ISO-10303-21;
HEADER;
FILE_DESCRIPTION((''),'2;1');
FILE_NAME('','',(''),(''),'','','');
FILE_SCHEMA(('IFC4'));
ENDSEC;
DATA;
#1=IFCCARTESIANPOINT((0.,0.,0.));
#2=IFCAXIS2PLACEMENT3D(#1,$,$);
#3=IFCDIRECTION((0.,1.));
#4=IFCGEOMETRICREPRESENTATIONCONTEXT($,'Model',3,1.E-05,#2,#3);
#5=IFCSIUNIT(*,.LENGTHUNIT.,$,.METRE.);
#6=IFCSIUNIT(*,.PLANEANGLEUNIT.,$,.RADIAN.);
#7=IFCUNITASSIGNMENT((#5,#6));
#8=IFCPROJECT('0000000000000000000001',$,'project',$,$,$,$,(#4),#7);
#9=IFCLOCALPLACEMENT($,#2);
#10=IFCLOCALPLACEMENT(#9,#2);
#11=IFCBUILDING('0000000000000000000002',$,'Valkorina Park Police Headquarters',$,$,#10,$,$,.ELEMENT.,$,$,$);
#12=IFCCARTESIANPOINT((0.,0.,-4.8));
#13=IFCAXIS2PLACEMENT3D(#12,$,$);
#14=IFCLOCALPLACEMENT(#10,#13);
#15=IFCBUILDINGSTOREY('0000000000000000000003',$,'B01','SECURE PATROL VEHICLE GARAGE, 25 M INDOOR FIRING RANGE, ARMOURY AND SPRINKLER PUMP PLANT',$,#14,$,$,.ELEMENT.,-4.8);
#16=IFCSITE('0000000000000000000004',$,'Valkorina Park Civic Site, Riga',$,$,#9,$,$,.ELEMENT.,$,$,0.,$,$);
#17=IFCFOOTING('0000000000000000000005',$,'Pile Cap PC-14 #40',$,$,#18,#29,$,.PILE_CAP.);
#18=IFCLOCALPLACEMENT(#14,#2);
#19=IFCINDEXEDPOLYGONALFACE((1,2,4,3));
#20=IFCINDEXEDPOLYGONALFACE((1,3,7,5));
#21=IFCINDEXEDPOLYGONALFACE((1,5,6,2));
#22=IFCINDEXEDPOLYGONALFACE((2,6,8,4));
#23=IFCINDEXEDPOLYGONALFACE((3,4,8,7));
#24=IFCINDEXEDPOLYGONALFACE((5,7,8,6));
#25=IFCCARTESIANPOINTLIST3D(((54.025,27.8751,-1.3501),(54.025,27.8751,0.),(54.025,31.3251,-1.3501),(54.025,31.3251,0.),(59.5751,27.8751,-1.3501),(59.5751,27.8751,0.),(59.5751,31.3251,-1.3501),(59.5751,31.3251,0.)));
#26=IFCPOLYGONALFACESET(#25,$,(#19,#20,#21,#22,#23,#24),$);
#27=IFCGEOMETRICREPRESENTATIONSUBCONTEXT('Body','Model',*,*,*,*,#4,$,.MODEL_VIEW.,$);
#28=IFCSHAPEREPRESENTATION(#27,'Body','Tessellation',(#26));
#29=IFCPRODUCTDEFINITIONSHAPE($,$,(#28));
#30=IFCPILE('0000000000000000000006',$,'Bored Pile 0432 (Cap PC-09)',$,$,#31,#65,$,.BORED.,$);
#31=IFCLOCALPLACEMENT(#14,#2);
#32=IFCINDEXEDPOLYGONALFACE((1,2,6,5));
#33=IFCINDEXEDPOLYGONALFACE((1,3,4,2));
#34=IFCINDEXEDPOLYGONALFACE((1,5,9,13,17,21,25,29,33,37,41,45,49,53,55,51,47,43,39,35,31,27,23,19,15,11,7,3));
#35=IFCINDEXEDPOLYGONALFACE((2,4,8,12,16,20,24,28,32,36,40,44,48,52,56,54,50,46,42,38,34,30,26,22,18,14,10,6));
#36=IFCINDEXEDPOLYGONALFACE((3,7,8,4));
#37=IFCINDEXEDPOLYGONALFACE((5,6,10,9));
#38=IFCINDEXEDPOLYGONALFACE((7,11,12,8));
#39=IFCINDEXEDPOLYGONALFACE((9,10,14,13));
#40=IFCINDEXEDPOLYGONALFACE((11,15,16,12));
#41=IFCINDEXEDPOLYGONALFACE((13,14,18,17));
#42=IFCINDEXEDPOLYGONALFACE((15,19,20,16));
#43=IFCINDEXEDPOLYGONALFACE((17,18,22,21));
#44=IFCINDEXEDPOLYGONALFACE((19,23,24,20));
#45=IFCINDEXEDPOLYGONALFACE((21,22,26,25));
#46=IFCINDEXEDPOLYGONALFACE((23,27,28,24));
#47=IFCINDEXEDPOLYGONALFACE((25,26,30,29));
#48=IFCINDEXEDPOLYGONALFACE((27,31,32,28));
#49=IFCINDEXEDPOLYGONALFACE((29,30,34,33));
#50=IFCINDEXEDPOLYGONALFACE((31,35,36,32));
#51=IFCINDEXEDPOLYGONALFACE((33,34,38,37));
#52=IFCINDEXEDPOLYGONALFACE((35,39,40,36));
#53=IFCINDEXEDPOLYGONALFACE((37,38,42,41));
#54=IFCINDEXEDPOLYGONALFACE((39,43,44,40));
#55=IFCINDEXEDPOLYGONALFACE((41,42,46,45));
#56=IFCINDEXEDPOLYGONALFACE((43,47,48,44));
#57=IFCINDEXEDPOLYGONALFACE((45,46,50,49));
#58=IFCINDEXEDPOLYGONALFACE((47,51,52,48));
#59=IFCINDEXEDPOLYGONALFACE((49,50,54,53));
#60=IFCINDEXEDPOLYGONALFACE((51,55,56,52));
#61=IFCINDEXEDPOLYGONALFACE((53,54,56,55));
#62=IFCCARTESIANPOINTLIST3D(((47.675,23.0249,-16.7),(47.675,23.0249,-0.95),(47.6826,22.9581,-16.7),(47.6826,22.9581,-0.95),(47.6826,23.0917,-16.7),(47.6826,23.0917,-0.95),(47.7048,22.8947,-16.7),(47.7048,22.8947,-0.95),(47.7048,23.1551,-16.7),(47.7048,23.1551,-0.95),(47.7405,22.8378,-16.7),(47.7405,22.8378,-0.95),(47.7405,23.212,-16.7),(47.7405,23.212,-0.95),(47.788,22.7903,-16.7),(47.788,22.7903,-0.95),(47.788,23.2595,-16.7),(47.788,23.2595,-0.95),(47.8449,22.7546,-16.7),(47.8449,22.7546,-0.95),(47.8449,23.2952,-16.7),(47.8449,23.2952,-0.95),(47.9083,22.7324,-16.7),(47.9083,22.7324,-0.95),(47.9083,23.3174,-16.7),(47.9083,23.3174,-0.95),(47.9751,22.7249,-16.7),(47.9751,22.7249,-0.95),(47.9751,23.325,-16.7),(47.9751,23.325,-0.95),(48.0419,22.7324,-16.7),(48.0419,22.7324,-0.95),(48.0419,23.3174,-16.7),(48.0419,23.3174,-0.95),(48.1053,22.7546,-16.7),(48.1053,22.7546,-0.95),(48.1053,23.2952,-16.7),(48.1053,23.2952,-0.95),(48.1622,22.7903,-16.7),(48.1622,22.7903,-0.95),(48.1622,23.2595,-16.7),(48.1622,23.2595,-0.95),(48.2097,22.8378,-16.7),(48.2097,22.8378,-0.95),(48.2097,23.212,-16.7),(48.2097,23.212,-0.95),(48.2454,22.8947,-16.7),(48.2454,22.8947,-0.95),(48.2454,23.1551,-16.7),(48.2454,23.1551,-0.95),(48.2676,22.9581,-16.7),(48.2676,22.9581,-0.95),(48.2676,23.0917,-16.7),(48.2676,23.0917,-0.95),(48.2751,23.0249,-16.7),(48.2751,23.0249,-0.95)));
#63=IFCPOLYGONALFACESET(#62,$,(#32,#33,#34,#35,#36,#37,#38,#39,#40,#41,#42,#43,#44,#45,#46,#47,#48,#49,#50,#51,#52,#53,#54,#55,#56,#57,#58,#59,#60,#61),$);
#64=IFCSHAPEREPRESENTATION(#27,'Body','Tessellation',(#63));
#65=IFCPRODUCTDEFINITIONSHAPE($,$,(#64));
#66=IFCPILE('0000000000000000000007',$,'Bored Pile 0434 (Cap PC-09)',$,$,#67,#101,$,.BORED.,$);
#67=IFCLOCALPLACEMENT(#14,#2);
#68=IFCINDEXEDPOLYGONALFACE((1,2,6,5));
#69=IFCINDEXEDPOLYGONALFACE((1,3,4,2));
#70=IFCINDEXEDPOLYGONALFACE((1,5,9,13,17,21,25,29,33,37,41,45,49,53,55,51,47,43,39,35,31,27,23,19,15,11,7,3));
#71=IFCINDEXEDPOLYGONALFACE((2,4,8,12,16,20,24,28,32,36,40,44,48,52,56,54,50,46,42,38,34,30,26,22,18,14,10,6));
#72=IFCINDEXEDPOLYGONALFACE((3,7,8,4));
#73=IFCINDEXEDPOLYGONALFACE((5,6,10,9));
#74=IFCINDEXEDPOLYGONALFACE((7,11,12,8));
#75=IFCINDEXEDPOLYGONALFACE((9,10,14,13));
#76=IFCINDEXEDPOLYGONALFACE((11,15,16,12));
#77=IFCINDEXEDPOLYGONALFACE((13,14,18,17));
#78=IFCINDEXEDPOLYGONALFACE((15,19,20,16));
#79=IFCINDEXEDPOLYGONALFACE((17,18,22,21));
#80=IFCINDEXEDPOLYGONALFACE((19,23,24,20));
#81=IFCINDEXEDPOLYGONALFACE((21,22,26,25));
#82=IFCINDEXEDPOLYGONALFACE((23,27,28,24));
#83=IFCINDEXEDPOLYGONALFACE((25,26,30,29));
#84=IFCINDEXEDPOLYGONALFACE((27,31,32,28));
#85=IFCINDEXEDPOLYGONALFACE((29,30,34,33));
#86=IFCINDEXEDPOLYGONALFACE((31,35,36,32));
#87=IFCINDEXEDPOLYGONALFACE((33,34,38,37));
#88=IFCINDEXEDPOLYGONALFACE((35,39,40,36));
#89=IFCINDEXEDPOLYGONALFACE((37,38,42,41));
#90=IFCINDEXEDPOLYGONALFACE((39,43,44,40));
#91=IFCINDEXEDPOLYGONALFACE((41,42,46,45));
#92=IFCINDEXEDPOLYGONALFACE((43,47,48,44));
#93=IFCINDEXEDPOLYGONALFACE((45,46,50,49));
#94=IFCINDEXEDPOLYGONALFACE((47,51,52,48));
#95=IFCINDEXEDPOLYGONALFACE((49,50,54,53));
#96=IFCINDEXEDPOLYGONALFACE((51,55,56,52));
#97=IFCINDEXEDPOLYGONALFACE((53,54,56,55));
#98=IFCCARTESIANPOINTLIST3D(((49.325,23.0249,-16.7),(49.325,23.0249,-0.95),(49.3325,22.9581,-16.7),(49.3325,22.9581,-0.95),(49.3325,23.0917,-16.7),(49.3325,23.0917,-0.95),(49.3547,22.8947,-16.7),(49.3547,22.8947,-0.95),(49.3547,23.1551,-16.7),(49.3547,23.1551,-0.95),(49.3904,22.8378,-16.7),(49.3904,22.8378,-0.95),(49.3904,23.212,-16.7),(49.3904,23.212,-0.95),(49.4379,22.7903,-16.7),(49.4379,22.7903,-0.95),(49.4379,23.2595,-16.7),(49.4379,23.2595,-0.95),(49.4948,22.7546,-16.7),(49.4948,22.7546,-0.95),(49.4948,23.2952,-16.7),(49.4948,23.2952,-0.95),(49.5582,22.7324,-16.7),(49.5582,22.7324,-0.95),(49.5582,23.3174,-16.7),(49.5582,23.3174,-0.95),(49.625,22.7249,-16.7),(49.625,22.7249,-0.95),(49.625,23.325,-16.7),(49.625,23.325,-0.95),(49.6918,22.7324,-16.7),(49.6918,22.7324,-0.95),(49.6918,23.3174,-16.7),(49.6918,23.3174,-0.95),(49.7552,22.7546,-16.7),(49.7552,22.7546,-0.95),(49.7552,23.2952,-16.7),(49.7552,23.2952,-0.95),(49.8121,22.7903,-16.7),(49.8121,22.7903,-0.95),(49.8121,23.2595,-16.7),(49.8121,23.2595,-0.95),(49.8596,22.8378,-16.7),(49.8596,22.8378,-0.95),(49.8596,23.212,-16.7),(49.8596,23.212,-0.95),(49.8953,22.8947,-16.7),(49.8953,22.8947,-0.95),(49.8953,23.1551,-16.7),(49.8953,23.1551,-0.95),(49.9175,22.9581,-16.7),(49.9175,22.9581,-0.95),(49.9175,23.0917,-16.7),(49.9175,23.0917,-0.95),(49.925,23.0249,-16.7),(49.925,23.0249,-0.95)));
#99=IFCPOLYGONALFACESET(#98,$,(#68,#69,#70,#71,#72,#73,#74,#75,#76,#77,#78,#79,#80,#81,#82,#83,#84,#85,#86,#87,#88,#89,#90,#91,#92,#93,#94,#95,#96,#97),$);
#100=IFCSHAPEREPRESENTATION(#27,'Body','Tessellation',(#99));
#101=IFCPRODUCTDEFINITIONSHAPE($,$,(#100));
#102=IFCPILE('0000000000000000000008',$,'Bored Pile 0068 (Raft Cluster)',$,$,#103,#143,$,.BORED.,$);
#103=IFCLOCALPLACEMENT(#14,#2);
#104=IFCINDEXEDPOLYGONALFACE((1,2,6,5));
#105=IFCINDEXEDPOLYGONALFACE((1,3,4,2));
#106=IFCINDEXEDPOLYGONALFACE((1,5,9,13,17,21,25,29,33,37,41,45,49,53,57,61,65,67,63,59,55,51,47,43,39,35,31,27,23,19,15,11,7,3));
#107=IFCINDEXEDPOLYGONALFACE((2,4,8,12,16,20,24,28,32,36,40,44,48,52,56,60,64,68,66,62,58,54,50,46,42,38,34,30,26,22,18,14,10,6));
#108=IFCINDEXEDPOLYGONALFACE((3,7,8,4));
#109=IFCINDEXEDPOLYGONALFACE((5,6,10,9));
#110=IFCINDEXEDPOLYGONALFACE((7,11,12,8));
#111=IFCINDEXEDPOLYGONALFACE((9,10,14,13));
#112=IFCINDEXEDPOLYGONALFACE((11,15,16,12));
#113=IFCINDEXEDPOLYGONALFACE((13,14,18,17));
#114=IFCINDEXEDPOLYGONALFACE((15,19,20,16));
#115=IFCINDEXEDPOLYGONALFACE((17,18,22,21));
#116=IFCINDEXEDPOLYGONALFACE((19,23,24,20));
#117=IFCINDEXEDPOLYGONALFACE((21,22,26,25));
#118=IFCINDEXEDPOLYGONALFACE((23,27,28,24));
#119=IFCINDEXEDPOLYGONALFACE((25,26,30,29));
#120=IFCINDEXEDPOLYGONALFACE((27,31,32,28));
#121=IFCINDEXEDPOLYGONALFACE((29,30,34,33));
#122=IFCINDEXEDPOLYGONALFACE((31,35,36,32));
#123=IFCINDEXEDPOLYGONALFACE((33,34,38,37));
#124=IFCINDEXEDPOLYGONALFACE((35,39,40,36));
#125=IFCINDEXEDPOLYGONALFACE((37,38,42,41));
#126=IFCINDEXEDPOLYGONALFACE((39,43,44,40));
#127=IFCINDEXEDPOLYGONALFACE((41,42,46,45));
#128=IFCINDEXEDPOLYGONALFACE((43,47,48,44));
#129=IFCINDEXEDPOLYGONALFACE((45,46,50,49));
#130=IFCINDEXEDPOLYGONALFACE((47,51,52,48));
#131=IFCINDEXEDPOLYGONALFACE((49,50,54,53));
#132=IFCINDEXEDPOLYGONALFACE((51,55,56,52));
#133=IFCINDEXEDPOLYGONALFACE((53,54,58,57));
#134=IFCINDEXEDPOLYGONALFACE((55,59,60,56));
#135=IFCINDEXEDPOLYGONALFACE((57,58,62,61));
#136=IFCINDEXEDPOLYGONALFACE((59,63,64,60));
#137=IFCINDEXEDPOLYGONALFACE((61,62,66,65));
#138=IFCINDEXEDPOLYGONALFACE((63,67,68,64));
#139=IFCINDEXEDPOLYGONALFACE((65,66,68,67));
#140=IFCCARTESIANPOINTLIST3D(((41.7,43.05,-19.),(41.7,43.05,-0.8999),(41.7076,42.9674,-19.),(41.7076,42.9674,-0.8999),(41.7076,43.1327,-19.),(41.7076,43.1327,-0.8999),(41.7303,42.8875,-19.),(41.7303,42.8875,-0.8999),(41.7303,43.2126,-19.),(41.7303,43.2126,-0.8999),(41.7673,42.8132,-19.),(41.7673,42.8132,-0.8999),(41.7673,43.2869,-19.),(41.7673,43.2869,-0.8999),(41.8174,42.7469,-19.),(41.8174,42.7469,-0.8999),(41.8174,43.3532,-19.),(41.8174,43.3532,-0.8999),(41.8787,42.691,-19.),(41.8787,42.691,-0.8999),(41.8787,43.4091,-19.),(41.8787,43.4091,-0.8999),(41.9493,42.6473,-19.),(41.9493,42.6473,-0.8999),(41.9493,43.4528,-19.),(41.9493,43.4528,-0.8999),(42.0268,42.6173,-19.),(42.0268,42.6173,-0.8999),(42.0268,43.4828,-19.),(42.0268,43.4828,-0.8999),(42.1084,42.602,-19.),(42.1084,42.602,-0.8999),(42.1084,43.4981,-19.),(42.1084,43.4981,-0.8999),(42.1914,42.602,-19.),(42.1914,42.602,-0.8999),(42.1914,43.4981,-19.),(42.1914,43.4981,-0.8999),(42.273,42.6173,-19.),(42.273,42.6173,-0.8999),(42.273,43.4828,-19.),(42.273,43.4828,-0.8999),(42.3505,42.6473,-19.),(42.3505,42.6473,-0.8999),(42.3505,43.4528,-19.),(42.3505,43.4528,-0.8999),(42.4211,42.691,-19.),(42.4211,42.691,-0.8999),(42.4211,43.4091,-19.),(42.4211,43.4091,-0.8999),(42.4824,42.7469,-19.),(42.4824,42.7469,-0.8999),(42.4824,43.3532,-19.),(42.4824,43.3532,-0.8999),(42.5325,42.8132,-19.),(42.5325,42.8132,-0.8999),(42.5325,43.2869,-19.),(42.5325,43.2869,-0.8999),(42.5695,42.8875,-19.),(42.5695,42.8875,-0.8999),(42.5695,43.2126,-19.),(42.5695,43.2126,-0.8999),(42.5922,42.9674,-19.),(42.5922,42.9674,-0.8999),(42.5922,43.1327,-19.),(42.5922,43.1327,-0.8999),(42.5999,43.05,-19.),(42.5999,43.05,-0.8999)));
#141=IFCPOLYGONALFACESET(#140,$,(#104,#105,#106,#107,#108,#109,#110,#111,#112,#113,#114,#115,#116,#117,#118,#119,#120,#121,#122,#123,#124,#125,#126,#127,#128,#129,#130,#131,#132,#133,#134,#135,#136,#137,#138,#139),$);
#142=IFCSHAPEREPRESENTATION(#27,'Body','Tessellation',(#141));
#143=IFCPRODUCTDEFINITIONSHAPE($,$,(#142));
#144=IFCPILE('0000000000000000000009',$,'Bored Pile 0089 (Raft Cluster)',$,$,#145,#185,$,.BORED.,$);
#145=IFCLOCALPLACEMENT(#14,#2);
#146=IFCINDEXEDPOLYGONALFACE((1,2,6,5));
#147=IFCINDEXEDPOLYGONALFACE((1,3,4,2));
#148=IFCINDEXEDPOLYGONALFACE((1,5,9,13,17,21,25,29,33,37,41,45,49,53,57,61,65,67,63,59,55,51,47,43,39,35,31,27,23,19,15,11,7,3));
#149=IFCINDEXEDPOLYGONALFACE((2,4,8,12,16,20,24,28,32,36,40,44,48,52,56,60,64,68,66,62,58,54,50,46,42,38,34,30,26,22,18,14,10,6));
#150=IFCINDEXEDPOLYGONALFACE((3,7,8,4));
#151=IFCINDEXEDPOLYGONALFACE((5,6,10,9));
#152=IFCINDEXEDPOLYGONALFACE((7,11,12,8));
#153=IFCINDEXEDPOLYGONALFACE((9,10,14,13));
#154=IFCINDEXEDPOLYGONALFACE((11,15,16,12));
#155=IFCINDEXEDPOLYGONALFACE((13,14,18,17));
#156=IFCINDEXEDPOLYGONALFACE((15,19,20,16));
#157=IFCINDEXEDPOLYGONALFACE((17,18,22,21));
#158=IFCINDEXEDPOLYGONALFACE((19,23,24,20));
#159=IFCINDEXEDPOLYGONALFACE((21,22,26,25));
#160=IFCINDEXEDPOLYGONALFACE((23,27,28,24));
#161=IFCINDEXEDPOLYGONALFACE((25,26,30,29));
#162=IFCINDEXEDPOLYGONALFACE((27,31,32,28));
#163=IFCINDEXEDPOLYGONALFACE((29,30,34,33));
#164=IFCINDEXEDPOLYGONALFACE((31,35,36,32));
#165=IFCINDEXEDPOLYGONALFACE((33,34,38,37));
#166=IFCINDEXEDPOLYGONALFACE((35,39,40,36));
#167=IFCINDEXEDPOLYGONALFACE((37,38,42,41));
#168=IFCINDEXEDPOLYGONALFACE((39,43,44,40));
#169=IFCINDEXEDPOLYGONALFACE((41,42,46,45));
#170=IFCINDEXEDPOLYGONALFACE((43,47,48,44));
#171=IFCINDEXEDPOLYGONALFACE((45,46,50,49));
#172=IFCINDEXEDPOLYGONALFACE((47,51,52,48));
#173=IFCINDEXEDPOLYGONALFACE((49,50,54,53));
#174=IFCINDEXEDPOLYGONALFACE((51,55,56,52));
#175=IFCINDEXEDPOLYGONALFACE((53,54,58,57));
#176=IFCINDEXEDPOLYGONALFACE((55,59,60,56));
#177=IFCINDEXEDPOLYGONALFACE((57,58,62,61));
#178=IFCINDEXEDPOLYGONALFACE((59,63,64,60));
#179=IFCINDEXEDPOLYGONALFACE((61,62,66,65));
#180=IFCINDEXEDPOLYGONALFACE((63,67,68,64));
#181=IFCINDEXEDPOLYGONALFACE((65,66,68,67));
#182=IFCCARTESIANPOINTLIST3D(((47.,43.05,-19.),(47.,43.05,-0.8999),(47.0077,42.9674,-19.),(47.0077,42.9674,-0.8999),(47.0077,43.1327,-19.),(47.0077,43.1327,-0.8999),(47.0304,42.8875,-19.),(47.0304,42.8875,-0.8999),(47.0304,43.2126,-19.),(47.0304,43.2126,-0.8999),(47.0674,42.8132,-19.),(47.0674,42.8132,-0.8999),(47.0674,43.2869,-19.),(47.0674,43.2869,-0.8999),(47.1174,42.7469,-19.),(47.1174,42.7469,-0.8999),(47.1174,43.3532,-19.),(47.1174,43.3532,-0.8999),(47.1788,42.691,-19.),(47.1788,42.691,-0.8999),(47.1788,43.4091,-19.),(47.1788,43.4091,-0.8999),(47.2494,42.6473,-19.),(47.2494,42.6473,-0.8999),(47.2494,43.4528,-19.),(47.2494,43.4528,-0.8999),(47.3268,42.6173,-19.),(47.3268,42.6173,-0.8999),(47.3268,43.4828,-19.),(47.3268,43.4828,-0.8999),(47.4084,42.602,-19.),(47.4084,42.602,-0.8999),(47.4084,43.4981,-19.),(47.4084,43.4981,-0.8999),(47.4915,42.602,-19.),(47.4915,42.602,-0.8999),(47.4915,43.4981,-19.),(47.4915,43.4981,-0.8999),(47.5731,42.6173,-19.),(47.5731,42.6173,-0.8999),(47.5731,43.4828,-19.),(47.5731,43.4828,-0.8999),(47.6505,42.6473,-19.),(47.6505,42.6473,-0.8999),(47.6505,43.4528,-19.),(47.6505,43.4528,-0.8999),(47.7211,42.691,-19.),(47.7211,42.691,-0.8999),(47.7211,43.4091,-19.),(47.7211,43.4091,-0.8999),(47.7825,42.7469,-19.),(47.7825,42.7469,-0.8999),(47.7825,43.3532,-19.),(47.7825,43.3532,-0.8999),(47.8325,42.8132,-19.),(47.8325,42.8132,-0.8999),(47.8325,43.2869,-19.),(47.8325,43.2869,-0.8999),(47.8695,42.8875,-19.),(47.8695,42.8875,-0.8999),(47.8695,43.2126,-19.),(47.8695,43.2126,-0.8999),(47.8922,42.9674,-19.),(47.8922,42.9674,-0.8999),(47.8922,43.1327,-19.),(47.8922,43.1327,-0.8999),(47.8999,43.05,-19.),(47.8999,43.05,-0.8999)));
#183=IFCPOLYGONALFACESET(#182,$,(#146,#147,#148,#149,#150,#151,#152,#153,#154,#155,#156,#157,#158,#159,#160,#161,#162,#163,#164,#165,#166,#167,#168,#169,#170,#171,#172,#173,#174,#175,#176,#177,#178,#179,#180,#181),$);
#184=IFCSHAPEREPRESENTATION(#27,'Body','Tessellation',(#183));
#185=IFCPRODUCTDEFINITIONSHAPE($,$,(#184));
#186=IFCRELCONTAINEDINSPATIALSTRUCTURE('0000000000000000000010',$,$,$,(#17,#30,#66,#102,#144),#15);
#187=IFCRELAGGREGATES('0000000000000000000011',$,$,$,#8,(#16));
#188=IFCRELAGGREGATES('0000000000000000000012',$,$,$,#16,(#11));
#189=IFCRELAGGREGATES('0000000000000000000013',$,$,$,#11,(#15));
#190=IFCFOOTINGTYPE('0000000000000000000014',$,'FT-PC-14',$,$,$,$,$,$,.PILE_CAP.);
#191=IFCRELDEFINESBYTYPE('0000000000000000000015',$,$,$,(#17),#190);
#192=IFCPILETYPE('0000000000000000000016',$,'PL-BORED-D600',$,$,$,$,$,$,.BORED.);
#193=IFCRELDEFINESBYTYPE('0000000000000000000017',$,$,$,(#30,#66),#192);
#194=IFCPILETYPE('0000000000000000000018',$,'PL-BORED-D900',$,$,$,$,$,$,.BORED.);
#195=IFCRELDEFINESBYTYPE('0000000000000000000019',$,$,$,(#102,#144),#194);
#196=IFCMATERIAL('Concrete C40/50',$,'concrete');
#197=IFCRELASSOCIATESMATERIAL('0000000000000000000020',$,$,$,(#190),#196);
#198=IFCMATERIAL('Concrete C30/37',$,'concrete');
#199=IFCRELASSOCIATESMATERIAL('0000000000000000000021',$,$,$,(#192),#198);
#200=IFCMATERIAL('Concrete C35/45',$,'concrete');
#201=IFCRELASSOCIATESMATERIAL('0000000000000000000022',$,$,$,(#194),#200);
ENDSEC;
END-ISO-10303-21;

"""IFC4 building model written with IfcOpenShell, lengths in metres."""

from ifc_helpers import new_model, si_unit, direction, frame, origin, origin_2d, place, context, subcontext, project, spatial, rectangle, circle, extrude, material, material_profile, profile_set, type_object, element, save


model = new_model("IFC4")

# Units and contexts
model_context = context("Model", 3, precision=1e-05, world=origin(), true_north=direction((0.0, 1.0)))
body_context = subcontext(model_context, "Body", "Model", "MODEL_VIEW")
ifc_project = project(units=[si_unit("LENGTHUNIT", "METRE"), si_unit("PLANEANGLEUNIT", "RADIAN")], contexts=[model_context])

# Site, building, storey
site_placement = place(None, origin())
site = spatial("IfcSite", under=ifc_project, at=site_placement, Name="Valkorina Park Civic Site, Riga", CompositionType="ELEMENT", RefElevation=0.0)
building_placement = place(site_placement, origin())
building = spatial("IfcBuilding", under=site, at=building_placement, Name="Valkorina Park Police Headquarters", CompositionType="ELEMENT")
storey_placement = place(building_placement, frame((0.0, 0.0, -4.8)))
storey = spatial("IfcBuildingStorey", under=building, at=storey_placement, Name="B01", Description="SECURE PATROL VEHICLE GARAGE, 25 M INDOOR FIRING RANGE, ARMOURY AND SPRINKLER PUMP PLANT", CompositionType="ELEMENT", Elevation=-4.8)

# Footing
ifc_material_1 = material(Name="Concrete C40/50", Category="concrete")
footing_type = type_object("IfcFootingType", Name="FT-PC-14", PredefinedType="PILE_CAP", material=ifc_material_1)
footing_placement = place(storey_placement, frame((56.8, 29.6001, -1.3501), z_axis=(0.0, 0.0, 1.0), x_axis=(1.0, 0.0, 0.0)))
element("IfcFooting", 1, at=footing_placement, inside=storey, type_object=footing_type, Name="Pile Cap PC-14 #40", PredefinedType="PILE_CAP", context=body_context, shape_type="SweptSolid", body=[
    extrude(rectangle(XDim=5.55, YDim=3.45, at=origin_2d()), origin(), (0.0, 0.0, 1.0), 1.3501),
])

# Piles
ifc_material_2 = material(Name="Concrete C30/37", Category="concrete")
ifc_material_profile_1 = material_profile(ifc_material_2, circle(Radius=0.3, at=origin_2d()), Name="BORED PILE D600")
ifc_profile_set_1 = profile_set([ifc_material_profile_1], Name="Concrete C30/37")
pile_type_1 = type_object("IfcPileType", Name="PL-BORED-D600", PredefinedType="BORED", material=ifc_profile_set_1)
for number, where, z_axis, x_axis, name in (
    (2, (47.9751, 23.0249, -0.95), (0.0, 0.0, -1.0), (1.0, 0.0, 0.0), "Bored Pile 0432 (Cap PC-09)"),
    (3, (49.625, 23.0249, -0.95), (0.0, 0.0, -1.0), (1.0, 0.0, 0.0), "Bored Pile 0434 (Cap PC-09)"),
):
    element("IfcPile", number, at=place(storey_placement, frame(where, z_axis=z_axis, x_axis=x_axis)), inside=storey, type_object=pile_type_1, Name=name, PredefinedType="BORED", context=body_context, shape_type="SweptSolid", body=[
        extrude(circle(Radius=0.3, at=origin_2d()), origin(), (0.0, 0.0, 1.0), 15.75),
    ])
ifc_material_3 = material(Name="Concrete C35/45", Category="concrete")
ifc_material_profile_2 = material_profile(ifc_material_3, circle(Radius=0.45, at=origin_2d()), Name="BORED PILE D900")
ifc_profile_set_2 = profile_set([ifc_material_profile_2], Name="Concrete C35/45")
pile_type_2 = type_object("IfcPileType", Name="PL-BORED-D900", PredefinedType="BORED", material=ifc_profile_set_2)
for number, where, z_axis, x_axis, name in (
    (4, (42.1499, 43.05, -0.8999), (0.0, 0.0, -1.0), (1.0, 0.0, 0.0), "Bored Pile 0068 (Raft Cluster)"),
    (5, (47.45, 43.05, -0.8999), (0.0, 0.0, -1.0), (1.0, 0.0, 0.0), "Bored Pile 0089 (Raft Cluster)"),
):
    element("IfcPile", number, at=place(storey_placement, frame(where, z_axis=z_axis, x_axis=x_axis)), inside=storey, type_object=pile_type_2, Name=name, PredefinedType="BORED", context=body_context, shape_type="SweptSolid", body=[
        extrude(circle(Radius=0.45, at=origin_2d()), origin(), (0.0, 0.0, 1.0), 18.1001),
    ])

save(model, "model.ifc")
